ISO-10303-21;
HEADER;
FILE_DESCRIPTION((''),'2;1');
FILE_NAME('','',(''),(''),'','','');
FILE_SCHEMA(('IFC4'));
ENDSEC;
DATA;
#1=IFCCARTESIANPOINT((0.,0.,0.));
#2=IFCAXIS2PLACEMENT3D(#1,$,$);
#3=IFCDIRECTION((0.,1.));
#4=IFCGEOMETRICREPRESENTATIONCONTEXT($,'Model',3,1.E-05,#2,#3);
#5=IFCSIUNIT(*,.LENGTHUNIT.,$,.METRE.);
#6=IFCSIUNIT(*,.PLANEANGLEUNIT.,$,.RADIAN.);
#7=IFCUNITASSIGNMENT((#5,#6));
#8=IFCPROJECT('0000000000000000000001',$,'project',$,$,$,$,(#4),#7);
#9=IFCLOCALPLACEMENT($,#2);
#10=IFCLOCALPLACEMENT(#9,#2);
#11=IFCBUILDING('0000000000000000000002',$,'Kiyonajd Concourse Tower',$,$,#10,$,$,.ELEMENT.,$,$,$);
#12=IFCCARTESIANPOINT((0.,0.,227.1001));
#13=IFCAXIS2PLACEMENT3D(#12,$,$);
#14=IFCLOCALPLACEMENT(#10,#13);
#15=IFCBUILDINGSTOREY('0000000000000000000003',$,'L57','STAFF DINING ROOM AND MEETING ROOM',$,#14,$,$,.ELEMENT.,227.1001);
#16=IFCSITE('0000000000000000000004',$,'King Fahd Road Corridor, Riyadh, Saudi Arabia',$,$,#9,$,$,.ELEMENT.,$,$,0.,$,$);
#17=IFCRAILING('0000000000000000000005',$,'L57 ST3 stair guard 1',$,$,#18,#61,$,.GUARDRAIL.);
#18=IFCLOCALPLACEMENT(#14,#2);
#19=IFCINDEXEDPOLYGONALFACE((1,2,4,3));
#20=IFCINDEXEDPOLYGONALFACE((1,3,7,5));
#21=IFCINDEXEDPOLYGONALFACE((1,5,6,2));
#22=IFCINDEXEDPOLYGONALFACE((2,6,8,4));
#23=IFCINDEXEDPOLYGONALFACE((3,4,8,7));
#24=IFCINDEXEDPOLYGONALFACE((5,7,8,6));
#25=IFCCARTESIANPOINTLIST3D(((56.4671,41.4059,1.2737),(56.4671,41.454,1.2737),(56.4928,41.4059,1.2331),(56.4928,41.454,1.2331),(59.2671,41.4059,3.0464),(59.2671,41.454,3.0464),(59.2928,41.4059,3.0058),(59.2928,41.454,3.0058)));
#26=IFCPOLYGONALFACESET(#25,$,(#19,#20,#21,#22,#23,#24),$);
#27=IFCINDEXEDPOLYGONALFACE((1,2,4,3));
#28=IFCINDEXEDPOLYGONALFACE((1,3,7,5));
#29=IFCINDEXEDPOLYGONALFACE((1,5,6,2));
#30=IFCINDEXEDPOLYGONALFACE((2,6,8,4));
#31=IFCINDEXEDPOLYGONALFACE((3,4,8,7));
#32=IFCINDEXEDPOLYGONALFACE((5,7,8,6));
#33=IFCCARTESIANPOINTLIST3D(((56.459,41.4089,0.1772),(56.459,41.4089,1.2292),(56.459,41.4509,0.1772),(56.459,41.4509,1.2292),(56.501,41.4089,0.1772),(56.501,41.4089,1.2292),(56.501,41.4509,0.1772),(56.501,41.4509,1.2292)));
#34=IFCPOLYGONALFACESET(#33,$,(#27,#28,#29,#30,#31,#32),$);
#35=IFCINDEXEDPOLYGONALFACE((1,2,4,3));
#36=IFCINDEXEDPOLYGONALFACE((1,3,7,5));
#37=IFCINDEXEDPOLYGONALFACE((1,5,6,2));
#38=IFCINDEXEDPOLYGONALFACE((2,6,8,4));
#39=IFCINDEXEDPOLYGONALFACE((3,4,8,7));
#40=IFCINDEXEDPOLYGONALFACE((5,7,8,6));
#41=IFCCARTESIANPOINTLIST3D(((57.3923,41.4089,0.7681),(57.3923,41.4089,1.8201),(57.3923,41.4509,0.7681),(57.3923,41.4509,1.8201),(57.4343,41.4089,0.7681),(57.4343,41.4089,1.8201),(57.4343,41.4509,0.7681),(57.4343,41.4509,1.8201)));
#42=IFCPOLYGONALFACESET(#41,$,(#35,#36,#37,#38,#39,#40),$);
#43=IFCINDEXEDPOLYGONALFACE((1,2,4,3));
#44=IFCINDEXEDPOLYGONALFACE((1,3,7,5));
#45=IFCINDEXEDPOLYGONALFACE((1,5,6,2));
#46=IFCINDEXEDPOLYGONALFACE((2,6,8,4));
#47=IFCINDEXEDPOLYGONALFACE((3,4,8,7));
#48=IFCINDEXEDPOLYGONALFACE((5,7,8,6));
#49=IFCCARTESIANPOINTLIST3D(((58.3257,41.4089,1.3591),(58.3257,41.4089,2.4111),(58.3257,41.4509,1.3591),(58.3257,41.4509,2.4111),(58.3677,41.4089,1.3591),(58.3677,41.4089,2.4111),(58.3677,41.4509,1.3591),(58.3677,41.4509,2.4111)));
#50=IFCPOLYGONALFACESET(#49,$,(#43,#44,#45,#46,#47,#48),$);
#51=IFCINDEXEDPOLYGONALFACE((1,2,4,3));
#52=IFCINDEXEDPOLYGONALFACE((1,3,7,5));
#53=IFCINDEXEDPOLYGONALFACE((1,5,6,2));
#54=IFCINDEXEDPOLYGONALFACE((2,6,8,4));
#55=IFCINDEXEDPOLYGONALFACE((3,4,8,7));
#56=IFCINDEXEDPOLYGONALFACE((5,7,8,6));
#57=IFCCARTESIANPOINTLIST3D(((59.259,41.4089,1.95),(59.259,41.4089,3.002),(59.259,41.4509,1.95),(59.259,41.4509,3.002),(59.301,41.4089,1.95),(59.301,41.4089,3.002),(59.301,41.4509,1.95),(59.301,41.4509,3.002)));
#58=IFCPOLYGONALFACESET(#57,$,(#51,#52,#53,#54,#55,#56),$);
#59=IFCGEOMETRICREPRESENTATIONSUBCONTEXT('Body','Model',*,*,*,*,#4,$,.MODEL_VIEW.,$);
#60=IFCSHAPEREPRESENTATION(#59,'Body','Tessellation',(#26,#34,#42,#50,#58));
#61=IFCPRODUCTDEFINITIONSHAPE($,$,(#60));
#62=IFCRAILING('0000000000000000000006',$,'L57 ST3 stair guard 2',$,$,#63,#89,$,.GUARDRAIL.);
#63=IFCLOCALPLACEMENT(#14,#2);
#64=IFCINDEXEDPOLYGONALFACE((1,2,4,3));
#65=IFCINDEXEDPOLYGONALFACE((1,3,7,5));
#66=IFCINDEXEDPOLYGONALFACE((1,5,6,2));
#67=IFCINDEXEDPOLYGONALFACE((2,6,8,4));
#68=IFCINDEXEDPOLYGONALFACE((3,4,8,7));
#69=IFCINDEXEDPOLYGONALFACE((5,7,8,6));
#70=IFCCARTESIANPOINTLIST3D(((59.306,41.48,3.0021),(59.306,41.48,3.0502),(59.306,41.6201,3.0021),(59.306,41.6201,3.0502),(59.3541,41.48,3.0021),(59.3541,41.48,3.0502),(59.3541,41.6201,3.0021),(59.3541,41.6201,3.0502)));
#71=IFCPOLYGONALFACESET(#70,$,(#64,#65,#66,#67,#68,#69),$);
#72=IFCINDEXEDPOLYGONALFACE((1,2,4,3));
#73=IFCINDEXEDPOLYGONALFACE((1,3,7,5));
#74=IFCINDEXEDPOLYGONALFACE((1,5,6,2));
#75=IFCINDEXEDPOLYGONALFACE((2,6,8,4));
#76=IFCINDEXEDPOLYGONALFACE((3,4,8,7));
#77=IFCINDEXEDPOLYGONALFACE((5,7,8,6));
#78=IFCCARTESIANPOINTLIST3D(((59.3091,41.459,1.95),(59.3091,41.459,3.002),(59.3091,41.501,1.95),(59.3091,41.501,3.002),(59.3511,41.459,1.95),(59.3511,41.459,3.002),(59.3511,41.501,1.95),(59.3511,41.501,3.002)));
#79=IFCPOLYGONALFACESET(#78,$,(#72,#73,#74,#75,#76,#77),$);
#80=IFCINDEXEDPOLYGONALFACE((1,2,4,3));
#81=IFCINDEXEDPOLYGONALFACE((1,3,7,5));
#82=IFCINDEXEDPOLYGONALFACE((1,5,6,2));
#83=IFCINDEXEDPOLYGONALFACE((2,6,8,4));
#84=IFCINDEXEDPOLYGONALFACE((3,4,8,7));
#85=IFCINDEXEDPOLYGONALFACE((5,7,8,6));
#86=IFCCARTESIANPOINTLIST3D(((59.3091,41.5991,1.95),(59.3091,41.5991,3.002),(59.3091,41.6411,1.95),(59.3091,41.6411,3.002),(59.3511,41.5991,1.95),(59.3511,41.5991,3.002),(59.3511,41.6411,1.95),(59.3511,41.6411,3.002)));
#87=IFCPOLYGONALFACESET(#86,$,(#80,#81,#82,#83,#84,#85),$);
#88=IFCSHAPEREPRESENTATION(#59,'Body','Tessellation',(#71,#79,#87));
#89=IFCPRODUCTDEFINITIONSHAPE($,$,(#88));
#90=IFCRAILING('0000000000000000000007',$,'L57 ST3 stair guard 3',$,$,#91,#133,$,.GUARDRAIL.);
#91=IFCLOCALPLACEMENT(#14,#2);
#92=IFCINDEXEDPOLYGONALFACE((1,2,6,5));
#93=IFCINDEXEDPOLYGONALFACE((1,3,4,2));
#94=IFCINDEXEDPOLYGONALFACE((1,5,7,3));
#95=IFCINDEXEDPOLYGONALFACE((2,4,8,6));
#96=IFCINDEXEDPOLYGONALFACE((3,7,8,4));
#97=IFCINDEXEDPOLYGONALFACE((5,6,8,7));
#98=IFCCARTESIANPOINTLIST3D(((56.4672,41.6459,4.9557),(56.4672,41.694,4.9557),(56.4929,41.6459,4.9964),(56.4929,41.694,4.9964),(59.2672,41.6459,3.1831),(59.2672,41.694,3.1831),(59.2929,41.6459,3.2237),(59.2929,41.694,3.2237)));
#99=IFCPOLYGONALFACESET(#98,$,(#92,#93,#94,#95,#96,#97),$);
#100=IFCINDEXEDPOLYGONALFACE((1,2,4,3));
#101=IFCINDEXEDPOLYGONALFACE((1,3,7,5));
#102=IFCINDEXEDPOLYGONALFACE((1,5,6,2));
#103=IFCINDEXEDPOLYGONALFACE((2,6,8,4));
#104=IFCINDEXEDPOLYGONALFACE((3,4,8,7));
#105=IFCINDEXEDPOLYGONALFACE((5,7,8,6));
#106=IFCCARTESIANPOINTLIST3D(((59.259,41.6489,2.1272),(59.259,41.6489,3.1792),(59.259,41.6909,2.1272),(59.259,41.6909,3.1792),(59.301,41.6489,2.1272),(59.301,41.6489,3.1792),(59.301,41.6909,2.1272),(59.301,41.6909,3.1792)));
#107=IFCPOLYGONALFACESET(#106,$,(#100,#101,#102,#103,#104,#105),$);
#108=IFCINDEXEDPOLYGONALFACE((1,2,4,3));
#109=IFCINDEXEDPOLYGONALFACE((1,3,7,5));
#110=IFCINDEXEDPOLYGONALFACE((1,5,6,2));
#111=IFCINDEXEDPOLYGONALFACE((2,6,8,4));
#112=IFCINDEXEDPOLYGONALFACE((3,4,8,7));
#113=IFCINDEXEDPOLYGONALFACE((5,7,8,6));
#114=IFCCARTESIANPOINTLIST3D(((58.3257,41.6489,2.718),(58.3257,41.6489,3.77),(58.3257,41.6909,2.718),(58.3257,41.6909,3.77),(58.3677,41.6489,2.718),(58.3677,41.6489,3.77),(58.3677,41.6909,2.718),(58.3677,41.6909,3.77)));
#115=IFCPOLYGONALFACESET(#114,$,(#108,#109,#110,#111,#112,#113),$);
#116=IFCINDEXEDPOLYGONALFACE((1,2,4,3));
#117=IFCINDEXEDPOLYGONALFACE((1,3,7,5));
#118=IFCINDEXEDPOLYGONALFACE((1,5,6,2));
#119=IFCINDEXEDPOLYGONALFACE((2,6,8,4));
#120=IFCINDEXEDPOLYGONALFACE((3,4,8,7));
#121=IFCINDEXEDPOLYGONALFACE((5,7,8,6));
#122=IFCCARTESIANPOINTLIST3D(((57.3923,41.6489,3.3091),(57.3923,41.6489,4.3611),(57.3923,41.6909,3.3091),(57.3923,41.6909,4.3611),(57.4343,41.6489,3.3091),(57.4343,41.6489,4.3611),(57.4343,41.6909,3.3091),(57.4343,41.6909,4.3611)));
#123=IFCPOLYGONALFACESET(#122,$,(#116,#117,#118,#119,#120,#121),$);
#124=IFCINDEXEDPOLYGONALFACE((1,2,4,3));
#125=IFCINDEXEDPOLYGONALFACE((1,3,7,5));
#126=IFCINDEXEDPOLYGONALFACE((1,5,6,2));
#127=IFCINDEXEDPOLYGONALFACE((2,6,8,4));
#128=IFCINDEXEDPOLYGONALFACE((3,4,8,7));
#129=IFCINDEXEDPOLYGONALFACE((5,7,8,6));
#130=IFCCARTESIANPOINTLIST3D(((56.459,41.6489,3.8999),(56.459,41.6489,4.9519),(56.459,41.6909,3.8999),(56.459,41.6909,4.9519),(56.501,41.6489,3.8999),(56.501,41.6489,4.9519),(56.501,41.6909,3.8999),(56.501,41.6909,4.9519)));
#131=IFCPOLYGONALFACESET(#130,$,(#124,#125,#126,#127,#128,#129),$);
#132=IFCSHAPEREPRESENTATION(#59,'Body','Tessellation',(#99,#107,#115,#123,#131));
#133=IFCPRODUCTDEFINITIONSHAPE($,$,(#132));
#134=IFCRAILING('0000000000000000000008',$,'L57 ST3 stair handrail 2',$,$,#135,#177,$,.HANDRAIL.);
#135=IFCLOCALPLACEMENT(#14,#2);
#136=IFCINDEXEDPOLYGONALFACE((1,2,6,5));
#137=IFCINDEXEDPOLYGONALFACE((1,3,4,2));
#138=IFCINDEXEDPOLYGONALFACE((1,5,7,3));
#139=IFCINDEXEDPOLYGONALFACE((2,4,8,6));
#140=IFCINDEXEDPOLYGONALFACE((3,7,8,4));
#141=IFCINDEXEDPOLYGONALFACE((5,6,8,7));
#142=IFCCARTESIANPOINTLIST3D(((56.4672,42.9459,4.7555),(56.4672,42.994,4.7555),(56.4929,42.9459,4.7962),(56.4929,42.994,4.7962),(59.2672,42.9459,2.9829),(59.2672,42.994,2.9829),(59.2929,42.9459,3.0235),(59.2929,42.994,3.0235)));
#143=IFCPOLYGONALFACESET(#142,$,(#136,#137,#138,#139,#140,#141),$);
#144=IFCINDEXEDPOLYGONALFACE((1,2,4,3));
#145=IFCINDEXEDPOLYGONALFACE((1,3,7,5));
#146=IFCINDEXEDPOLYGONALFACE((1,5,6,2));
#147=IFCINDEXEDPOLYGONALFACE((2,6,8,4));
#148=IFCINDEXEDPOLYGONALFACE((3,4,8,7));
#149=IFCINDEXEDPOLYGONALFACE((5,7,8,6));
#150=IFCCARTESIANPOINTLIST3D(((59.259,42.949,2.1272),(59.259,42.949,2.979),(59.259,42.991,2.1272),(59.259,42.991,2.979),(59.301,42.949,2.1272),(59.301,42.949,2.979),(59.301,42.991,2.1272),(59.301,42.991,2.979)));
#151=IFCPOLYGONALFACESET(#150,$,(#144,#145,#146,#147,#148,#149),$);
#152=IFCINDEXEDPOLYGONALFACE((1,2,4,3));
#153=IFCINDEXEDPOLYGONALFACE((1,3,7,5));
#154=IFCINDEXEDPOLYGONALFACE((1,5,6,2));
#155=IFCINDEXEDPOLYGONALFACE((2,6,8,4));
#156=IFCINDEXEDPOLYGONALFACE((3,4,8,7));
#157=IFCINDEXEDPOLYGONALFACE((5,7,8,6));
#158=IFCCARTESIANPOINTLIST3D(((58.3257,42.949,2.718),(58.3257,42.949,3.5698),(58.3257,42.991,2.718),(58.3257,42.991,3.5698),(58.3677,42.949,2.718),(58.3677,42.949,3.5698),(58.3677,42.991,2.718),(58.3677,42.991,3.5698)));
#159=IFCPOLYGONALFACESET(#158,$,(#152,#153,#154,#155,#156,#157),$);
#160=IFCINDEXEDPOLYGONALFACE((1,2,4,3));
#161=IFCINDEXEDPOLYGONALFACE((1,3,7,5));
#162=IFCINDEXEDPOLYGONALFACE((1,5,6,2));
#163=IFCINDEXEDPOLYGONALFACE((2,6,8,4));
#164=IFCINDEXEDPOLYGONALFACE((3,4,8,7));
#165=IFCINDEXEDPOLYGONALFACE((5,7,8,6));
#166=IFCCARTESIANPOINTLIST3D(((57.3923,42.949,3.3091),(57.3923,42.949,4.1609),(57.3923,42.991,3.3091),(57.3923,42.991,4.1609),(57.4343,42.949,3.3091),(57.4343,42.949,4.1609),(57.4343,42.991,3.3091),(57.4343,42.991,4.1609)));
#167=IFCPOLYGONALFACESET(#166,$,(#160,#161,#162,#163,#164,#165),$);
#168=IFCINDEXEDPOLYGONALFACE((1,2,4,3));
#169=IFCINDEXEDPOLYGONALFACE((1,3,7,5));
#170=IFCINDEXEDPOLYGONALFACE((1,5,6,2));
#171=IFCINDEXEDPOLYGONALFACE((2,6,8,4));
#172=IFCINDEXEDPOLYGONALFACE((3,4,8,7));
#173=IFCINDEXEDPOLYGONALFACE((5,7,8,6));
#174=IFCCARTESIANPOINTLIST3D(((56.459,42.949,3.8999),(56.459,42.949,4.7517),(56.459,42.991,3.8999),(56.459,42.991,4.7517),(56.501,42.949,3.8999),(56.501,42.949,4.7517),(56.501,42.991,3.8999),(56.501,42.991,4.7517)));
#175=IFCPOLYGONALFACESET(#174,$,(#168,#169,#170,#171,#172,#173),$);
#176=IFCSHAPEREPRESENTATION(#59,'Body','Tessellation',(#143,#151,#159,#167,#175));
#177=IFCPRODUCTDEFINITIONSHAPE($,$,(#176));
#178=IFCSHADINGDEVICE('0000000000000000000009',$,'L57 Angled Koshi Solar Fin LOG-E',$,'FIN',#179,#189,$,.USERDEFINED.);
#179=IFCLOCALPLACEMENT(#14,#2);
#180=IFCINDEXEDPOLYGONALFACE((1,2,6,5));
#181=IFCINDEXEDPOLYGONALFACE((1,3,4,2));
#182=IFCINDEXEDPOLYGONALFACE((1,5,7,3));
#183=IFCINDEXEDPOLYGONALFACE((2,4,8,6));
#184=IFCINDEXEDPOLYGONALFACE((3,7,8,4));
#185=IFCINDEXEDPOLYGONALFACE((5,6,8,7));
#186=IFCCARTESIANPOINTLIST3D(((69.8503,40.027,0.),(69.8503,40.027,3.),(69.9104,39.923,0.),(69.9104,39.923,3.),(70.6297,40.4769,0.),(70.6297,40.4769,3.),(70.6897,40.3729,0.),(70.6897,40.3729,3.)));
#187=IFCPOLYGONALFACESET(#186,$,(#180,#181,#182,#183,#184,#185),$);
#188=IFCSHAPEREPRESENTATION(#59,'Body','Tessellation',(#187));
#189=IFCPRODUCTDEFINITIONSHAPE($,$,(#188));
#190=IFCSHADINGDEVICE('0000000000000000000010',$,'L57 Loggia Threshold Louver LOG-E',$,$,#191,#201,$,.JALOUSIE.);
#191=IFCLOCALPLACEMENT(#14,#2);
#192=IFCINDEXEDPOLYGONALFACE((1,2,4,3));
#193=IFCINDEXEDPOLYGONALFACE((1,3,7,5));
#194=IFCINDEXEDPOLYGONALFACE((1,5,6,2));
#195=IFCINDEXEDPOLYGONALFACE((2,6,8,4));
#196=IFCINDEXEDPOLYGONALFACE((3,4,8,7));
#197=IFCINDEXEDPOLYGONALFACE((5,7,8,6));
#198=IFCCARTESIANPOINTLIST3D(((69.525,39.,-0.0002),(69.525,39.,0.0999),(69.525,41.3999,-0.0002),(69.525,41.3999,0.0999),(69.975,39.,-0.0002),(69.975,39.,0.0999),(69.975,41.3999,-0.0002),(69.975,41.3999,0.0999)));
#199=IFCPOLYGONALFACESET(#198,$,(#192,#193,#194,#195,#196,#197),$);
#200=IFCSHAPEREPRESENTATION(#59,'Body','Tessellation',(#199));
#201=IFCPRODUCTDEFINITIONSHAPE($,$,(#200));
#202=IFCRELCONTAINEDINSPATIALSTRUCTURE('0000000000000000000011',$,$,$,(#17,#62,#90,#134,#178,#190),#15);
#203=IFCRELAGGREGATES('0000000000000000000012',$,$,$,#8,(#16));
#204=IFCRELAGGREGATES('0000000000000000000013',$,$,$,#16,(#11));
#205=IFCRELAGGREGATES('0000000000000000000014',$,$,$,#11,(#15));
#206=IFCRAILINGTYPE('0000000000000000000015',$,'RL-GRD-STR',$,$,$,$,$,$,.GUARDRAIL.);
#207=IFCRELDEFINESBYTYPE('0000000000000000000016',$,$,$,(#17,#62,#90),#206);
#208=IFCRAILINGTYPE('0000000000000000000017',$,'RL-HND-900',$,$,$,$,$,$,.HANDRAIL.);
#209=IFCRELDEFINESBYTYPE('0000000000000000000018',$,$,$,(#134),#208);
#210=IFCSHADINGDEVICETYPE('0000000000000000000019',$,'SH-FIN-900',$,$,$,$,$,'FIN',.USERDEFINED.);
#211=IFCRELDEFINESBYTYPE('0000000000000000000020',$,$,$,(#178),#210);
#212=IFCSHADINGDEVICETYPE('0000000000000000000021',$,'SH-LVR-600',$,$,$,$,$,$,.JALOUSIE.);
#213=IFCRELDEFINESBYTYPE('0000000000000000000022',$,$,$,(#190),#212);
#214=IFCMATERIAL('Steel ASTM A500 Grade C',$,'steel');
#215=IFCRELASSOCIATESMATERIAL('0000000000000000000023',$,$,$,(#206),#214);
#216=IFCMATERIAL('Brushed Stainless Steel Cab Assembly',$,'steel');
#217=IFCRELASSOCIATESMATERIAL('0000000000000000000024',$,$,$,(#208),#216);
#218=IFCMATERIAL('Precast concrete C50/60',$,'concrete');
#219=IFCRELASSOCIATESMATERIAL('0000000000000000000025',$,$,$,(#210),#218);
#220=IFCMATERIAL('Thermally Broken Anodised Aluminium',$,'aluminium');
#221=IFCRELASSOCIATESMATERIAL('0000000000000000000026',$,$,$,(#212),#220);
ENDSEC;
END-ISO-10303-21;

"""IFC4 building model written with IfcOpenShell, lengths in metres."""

from ifc_helpers import new_model, si_unit, direction, frame, origin, origin_2d, place, context, subcontext, project, spatial, rectangle, extrude, material, type_object, element, save


model = new_model("IFC4")

# Units and contexts
model_context = context("Model", 3, precision=1e-05, world=origin(), true_north=direction((0.0, 1.0)))
body_context = subcontext(model_context, "Body", "Model", "MODEL_VIEW")
ifc_project = project(units=[si_unit("LENGTHUNIT", "METRE"), si_unit("PLANEANGLEUNIT", "RADIAN")], contexts=[model_context])

# Site, building, storey
site_placement = place(None, origin())
site = spatial("IfcSite", under=ifc_project, at=site_placement, Name="King Fahd Road Corridor, Riyadh, Saudi Arabia", CompositionType="ELEMENT", RefElevation=0.0)
building_placement = place(site_placement, origin())
building = spatial("IfcBuilding", under=site, at=building_placement, Name="Kiyonajd Concourse Tower", CompositionType="ELEMENT")
storey_placement = place(building_placement, frame((0.0, 0.0, 227.1001)))
storey = spatial("IfcBuildingStorey", under=building, at=storey_placement, Name="L57", Description="STAFF DINING ROOM AND MEETING ROOM", CompositionType="ELEMENT", Elevation=227.1001)

# Shared definitions
ifc_material_1 = material(Name="Thermally Broken Anodised Aluminium", Category="aluminium")

# Shared definitions
ifc_material_2 = material(Name="Precast concrete C50/60", Category="concrete")

# Railings
ifc_material_3 = material(Name="Steel ASTM A500 Grade C", Category="steel")
railing_type_1 = type_object("IfcRailingType", Name="RL-GRD-STR", PredefinedType="GUARDRAIL", material=ifc_material_3)
railing_1_placement = place(storey_placement, frame((56.48, 41.4299, 0.1772)))
element("IfcRailing", 1, at=railing_1_placement, inside=storey, type_object=railing_type_1, Name="L57 ST3 stair guard 1", PredefinedType="GUARDRAIL", context=body_context, shape_type="SweptSolid", body=[
    extrude(rectangle(XDim=0.0481, YDim=0.0481, at=origin_2d()), frame((0.0, 0.0, 1.0762), z_axis=(0.844909, 0.0, 0.53491), x_axis=(0.0, 1.0, 0.0)), (0.0, 0.0, 1.0), 3.314),
    extrude(rectangle(XDim=0.042, YDim=0.042, at=origin_2d()), origin(), (0.0, 0.0, 1.0), 1.052),
    extrude(rectangle(XDim=0.042, YDim=0.042, at=origin_2d()), frame((0.9333, 0.0, 0.5908)), (0.0, 0.0, 1.0), 1.052),
    extrude(rectangle(XDim=0.042, YDim=0.042, at=origin_2d()), frame((1.8667, 0.0, 1.1819)), (0.0, 0.0, 1.0), 1.052),
    extrude(rectangle(XDim=0.042, YDim=0.042, at=origin_2d()), frame((2.8, 0.0, 1.7727)), (0.0, 0.0, 1.0), 1.052),
])
railing_2_placement = place(storey_placement, frame((59.3301, 41.48, 1.95)))
element("IfcRailing", 2, at=railing_2_placement, inside=storey, type_object=railing_type_1, Name="L57 ST3 stair guard 2", PredefinedType="GUARDRAIL", context=body_context, shape_type="SweptSolid", body=[
    extrude(rectangle(XDim=0.0481, YDim=0.0481, at=origin_2d()), frame((0.0, 0.0, 1.0762), z_axis=(0.0, 1.0, 0.0), x_axis=(-1.0, 0.0, 0.0)), (0.0, 0.0, 1.0), 0.1401),
    extrude(rectangle(XDim=0.042, YDim=0.042, at=origin_2d()), origin(), (0.0, 0.0, 1.0), 1.052),
    extrude(rectangle(XDim=0.042, YDim=0.042, at=origin_2d()), frame((0.0, 0.1401, 0.0)), (0.0, 0.0, 1.0), 1.052),
])
railing_3_placement = place(storey_placement, frame((59.28, 41.6699, 2.1272)))
element("IfcRailing", 3, at=railing_3_placement, inside=storey, type_object=railing_type_1, Name="L57 ST3 stair guard 3", PredefinedType="GUARDRAIL", context=body_context, shape_type="SweptSolid", body=[
    extrude(rectangle(XDim=0.0481, YDim=0.0481, at=origin_2d()), frame((0.0, 0.0, 1.0762), z_axis=(-0.844909, 0.0, 0.53491), x_axis=(0.0, -1.0, 0.0)), (0.0, 0.0, 1.0), 3.314),
    extrude(rectangle(XDim=0.042, YDim=0.042, at=origin_2d()), origin(), (0.0, 0.0, 1.0), 1.052),
    extrude(rectangle(XDim=0.042, YDim=0.042, at=origin_2d()), frame((-0.9333, 0.0, 0.5908)), (0.0, 0.0, 1.0), 1.052),
    extrude(rectangle(XDim=0.042, YDim=0.042, at=origin_2d()), frame((-1.8667, 0.0, 1.1819)), (0.0, 0.0, 1.0), 1.052),
    extrude(rectangle(XDim=0.042, YDim=0.042, at=origin_2d()), frame((-2.8, 0.0, 1.7727)), (0.0, 0.0, 1.0), 1.052),
])
ifc_material_4 = material(Name="Brushed Stainless Steel Cab Assembly", Category="steel")
railing_type_2 = type_object("IfcRailingType", Name="RL-HND-900", PredefinedType="HANDRAIL", material=ifc_material_4)
railing_4_placement = place(storey_placement, frame((59.28, 42.97, 2.1272)))
element("IfcRailing", 4, at=railing_4_placement, inside=storey, type_object=railing_type_2, Name="L57 ST3 stair handrail 2", PredefinedType="HANDRAIL", context=body_context, shape_type="SweptSolid", body=[
    extrude(rectangle(XDim=0.0481, YDim=0.0481, at=origin_2d()), frame((0.0, 0.0, 0.876), z_axis=(-0.844909, 0.0, 0.53491), x_axis=(0.0, -1.0, 0.0)), (0.0, 0.0, 1.0), 3.314),
    extrude(rectangle(XDim=0.042, YDim=0.042, at=origin_2d()), origin(), (0.0, 0.0, 1.0), 0.8518),
    extrude(rectangle(XDim=0.042, YDim=0.042, at=origin_2d()), frame((-0.9333, 0.0, 0.5908)), (0.0, 0.0, 1.0), 0.8518),
    extrude(rectangle(XDim=0.042, YDim=0.042, at=origin_2d()), frame((-1.8667, 0.0, 1.1819)), (0.0, 0.0, 1.0), 0.8518),
    extrude(rectangle(XDim=0.042, YDim=0.042, at=origin_2d()), frame((-2.8, 0.0, 1.7727)), (0.0, 0.0, 1.0), 0.8518),
])

# Shading devices
shading_device_type_1 = type_object("IfcShadingDeviceType", Name="SH-FIN-900", ElementType="FIN", PredefinedType="USERDEFINED", material=ifc_material_2)
shading_device_1_placement = place(storey_placement, frame((70.27, 40.2, 0.0), z_axis=(0.0, 0.0, 1.0), x_axis=(0.866025, 0.5, 0.0)))
element("IfcShadingDevice", 5, at=shading_device_1_placement, inside=storey, type_object=shading_device_type_1, Name="L57 Angled Koshi Solar Fin LOG-E", ObjectType="FIN", PredefinedType="USERDEFINED", context=body_context, shape_type="SweptSolid", body=[
    extrude(rectangle(XDim=0.8999, YDim=0.1201, at=origin_2d()), origin(), (0.0, 0.0, 1.0), 3.0),
])
shading_device_type_2 = type_object("IfcShadingDeviceType", Name="SH-LVR-600", PredefinedType="JALOUSIE", material=ifc_material_1)
shading_device_2_placement = place(storey_placement, frame((69.75, 40.2, -0.0002), z_axis=(0.0, 0.0, 1.0), x_axis=(0.0, 1.0, 0.0)))
element("IfcShadingDevice", 6, at=shading_device_2_placement, inside=storey, type_object=shading_device_type_2, Name="L57 Loggia Threshold Louver LOG-E", PredefinedType="JALOUSIE", context=body_context, shape_type="SweptSolid", body=[
    extrude(rectangle(XDim=2.3999, YDim=0.45, at=origin_2d()), origin(), (0.0, 0.0, 1.0), 0.1001),
])

save(model, "model.ifc")
